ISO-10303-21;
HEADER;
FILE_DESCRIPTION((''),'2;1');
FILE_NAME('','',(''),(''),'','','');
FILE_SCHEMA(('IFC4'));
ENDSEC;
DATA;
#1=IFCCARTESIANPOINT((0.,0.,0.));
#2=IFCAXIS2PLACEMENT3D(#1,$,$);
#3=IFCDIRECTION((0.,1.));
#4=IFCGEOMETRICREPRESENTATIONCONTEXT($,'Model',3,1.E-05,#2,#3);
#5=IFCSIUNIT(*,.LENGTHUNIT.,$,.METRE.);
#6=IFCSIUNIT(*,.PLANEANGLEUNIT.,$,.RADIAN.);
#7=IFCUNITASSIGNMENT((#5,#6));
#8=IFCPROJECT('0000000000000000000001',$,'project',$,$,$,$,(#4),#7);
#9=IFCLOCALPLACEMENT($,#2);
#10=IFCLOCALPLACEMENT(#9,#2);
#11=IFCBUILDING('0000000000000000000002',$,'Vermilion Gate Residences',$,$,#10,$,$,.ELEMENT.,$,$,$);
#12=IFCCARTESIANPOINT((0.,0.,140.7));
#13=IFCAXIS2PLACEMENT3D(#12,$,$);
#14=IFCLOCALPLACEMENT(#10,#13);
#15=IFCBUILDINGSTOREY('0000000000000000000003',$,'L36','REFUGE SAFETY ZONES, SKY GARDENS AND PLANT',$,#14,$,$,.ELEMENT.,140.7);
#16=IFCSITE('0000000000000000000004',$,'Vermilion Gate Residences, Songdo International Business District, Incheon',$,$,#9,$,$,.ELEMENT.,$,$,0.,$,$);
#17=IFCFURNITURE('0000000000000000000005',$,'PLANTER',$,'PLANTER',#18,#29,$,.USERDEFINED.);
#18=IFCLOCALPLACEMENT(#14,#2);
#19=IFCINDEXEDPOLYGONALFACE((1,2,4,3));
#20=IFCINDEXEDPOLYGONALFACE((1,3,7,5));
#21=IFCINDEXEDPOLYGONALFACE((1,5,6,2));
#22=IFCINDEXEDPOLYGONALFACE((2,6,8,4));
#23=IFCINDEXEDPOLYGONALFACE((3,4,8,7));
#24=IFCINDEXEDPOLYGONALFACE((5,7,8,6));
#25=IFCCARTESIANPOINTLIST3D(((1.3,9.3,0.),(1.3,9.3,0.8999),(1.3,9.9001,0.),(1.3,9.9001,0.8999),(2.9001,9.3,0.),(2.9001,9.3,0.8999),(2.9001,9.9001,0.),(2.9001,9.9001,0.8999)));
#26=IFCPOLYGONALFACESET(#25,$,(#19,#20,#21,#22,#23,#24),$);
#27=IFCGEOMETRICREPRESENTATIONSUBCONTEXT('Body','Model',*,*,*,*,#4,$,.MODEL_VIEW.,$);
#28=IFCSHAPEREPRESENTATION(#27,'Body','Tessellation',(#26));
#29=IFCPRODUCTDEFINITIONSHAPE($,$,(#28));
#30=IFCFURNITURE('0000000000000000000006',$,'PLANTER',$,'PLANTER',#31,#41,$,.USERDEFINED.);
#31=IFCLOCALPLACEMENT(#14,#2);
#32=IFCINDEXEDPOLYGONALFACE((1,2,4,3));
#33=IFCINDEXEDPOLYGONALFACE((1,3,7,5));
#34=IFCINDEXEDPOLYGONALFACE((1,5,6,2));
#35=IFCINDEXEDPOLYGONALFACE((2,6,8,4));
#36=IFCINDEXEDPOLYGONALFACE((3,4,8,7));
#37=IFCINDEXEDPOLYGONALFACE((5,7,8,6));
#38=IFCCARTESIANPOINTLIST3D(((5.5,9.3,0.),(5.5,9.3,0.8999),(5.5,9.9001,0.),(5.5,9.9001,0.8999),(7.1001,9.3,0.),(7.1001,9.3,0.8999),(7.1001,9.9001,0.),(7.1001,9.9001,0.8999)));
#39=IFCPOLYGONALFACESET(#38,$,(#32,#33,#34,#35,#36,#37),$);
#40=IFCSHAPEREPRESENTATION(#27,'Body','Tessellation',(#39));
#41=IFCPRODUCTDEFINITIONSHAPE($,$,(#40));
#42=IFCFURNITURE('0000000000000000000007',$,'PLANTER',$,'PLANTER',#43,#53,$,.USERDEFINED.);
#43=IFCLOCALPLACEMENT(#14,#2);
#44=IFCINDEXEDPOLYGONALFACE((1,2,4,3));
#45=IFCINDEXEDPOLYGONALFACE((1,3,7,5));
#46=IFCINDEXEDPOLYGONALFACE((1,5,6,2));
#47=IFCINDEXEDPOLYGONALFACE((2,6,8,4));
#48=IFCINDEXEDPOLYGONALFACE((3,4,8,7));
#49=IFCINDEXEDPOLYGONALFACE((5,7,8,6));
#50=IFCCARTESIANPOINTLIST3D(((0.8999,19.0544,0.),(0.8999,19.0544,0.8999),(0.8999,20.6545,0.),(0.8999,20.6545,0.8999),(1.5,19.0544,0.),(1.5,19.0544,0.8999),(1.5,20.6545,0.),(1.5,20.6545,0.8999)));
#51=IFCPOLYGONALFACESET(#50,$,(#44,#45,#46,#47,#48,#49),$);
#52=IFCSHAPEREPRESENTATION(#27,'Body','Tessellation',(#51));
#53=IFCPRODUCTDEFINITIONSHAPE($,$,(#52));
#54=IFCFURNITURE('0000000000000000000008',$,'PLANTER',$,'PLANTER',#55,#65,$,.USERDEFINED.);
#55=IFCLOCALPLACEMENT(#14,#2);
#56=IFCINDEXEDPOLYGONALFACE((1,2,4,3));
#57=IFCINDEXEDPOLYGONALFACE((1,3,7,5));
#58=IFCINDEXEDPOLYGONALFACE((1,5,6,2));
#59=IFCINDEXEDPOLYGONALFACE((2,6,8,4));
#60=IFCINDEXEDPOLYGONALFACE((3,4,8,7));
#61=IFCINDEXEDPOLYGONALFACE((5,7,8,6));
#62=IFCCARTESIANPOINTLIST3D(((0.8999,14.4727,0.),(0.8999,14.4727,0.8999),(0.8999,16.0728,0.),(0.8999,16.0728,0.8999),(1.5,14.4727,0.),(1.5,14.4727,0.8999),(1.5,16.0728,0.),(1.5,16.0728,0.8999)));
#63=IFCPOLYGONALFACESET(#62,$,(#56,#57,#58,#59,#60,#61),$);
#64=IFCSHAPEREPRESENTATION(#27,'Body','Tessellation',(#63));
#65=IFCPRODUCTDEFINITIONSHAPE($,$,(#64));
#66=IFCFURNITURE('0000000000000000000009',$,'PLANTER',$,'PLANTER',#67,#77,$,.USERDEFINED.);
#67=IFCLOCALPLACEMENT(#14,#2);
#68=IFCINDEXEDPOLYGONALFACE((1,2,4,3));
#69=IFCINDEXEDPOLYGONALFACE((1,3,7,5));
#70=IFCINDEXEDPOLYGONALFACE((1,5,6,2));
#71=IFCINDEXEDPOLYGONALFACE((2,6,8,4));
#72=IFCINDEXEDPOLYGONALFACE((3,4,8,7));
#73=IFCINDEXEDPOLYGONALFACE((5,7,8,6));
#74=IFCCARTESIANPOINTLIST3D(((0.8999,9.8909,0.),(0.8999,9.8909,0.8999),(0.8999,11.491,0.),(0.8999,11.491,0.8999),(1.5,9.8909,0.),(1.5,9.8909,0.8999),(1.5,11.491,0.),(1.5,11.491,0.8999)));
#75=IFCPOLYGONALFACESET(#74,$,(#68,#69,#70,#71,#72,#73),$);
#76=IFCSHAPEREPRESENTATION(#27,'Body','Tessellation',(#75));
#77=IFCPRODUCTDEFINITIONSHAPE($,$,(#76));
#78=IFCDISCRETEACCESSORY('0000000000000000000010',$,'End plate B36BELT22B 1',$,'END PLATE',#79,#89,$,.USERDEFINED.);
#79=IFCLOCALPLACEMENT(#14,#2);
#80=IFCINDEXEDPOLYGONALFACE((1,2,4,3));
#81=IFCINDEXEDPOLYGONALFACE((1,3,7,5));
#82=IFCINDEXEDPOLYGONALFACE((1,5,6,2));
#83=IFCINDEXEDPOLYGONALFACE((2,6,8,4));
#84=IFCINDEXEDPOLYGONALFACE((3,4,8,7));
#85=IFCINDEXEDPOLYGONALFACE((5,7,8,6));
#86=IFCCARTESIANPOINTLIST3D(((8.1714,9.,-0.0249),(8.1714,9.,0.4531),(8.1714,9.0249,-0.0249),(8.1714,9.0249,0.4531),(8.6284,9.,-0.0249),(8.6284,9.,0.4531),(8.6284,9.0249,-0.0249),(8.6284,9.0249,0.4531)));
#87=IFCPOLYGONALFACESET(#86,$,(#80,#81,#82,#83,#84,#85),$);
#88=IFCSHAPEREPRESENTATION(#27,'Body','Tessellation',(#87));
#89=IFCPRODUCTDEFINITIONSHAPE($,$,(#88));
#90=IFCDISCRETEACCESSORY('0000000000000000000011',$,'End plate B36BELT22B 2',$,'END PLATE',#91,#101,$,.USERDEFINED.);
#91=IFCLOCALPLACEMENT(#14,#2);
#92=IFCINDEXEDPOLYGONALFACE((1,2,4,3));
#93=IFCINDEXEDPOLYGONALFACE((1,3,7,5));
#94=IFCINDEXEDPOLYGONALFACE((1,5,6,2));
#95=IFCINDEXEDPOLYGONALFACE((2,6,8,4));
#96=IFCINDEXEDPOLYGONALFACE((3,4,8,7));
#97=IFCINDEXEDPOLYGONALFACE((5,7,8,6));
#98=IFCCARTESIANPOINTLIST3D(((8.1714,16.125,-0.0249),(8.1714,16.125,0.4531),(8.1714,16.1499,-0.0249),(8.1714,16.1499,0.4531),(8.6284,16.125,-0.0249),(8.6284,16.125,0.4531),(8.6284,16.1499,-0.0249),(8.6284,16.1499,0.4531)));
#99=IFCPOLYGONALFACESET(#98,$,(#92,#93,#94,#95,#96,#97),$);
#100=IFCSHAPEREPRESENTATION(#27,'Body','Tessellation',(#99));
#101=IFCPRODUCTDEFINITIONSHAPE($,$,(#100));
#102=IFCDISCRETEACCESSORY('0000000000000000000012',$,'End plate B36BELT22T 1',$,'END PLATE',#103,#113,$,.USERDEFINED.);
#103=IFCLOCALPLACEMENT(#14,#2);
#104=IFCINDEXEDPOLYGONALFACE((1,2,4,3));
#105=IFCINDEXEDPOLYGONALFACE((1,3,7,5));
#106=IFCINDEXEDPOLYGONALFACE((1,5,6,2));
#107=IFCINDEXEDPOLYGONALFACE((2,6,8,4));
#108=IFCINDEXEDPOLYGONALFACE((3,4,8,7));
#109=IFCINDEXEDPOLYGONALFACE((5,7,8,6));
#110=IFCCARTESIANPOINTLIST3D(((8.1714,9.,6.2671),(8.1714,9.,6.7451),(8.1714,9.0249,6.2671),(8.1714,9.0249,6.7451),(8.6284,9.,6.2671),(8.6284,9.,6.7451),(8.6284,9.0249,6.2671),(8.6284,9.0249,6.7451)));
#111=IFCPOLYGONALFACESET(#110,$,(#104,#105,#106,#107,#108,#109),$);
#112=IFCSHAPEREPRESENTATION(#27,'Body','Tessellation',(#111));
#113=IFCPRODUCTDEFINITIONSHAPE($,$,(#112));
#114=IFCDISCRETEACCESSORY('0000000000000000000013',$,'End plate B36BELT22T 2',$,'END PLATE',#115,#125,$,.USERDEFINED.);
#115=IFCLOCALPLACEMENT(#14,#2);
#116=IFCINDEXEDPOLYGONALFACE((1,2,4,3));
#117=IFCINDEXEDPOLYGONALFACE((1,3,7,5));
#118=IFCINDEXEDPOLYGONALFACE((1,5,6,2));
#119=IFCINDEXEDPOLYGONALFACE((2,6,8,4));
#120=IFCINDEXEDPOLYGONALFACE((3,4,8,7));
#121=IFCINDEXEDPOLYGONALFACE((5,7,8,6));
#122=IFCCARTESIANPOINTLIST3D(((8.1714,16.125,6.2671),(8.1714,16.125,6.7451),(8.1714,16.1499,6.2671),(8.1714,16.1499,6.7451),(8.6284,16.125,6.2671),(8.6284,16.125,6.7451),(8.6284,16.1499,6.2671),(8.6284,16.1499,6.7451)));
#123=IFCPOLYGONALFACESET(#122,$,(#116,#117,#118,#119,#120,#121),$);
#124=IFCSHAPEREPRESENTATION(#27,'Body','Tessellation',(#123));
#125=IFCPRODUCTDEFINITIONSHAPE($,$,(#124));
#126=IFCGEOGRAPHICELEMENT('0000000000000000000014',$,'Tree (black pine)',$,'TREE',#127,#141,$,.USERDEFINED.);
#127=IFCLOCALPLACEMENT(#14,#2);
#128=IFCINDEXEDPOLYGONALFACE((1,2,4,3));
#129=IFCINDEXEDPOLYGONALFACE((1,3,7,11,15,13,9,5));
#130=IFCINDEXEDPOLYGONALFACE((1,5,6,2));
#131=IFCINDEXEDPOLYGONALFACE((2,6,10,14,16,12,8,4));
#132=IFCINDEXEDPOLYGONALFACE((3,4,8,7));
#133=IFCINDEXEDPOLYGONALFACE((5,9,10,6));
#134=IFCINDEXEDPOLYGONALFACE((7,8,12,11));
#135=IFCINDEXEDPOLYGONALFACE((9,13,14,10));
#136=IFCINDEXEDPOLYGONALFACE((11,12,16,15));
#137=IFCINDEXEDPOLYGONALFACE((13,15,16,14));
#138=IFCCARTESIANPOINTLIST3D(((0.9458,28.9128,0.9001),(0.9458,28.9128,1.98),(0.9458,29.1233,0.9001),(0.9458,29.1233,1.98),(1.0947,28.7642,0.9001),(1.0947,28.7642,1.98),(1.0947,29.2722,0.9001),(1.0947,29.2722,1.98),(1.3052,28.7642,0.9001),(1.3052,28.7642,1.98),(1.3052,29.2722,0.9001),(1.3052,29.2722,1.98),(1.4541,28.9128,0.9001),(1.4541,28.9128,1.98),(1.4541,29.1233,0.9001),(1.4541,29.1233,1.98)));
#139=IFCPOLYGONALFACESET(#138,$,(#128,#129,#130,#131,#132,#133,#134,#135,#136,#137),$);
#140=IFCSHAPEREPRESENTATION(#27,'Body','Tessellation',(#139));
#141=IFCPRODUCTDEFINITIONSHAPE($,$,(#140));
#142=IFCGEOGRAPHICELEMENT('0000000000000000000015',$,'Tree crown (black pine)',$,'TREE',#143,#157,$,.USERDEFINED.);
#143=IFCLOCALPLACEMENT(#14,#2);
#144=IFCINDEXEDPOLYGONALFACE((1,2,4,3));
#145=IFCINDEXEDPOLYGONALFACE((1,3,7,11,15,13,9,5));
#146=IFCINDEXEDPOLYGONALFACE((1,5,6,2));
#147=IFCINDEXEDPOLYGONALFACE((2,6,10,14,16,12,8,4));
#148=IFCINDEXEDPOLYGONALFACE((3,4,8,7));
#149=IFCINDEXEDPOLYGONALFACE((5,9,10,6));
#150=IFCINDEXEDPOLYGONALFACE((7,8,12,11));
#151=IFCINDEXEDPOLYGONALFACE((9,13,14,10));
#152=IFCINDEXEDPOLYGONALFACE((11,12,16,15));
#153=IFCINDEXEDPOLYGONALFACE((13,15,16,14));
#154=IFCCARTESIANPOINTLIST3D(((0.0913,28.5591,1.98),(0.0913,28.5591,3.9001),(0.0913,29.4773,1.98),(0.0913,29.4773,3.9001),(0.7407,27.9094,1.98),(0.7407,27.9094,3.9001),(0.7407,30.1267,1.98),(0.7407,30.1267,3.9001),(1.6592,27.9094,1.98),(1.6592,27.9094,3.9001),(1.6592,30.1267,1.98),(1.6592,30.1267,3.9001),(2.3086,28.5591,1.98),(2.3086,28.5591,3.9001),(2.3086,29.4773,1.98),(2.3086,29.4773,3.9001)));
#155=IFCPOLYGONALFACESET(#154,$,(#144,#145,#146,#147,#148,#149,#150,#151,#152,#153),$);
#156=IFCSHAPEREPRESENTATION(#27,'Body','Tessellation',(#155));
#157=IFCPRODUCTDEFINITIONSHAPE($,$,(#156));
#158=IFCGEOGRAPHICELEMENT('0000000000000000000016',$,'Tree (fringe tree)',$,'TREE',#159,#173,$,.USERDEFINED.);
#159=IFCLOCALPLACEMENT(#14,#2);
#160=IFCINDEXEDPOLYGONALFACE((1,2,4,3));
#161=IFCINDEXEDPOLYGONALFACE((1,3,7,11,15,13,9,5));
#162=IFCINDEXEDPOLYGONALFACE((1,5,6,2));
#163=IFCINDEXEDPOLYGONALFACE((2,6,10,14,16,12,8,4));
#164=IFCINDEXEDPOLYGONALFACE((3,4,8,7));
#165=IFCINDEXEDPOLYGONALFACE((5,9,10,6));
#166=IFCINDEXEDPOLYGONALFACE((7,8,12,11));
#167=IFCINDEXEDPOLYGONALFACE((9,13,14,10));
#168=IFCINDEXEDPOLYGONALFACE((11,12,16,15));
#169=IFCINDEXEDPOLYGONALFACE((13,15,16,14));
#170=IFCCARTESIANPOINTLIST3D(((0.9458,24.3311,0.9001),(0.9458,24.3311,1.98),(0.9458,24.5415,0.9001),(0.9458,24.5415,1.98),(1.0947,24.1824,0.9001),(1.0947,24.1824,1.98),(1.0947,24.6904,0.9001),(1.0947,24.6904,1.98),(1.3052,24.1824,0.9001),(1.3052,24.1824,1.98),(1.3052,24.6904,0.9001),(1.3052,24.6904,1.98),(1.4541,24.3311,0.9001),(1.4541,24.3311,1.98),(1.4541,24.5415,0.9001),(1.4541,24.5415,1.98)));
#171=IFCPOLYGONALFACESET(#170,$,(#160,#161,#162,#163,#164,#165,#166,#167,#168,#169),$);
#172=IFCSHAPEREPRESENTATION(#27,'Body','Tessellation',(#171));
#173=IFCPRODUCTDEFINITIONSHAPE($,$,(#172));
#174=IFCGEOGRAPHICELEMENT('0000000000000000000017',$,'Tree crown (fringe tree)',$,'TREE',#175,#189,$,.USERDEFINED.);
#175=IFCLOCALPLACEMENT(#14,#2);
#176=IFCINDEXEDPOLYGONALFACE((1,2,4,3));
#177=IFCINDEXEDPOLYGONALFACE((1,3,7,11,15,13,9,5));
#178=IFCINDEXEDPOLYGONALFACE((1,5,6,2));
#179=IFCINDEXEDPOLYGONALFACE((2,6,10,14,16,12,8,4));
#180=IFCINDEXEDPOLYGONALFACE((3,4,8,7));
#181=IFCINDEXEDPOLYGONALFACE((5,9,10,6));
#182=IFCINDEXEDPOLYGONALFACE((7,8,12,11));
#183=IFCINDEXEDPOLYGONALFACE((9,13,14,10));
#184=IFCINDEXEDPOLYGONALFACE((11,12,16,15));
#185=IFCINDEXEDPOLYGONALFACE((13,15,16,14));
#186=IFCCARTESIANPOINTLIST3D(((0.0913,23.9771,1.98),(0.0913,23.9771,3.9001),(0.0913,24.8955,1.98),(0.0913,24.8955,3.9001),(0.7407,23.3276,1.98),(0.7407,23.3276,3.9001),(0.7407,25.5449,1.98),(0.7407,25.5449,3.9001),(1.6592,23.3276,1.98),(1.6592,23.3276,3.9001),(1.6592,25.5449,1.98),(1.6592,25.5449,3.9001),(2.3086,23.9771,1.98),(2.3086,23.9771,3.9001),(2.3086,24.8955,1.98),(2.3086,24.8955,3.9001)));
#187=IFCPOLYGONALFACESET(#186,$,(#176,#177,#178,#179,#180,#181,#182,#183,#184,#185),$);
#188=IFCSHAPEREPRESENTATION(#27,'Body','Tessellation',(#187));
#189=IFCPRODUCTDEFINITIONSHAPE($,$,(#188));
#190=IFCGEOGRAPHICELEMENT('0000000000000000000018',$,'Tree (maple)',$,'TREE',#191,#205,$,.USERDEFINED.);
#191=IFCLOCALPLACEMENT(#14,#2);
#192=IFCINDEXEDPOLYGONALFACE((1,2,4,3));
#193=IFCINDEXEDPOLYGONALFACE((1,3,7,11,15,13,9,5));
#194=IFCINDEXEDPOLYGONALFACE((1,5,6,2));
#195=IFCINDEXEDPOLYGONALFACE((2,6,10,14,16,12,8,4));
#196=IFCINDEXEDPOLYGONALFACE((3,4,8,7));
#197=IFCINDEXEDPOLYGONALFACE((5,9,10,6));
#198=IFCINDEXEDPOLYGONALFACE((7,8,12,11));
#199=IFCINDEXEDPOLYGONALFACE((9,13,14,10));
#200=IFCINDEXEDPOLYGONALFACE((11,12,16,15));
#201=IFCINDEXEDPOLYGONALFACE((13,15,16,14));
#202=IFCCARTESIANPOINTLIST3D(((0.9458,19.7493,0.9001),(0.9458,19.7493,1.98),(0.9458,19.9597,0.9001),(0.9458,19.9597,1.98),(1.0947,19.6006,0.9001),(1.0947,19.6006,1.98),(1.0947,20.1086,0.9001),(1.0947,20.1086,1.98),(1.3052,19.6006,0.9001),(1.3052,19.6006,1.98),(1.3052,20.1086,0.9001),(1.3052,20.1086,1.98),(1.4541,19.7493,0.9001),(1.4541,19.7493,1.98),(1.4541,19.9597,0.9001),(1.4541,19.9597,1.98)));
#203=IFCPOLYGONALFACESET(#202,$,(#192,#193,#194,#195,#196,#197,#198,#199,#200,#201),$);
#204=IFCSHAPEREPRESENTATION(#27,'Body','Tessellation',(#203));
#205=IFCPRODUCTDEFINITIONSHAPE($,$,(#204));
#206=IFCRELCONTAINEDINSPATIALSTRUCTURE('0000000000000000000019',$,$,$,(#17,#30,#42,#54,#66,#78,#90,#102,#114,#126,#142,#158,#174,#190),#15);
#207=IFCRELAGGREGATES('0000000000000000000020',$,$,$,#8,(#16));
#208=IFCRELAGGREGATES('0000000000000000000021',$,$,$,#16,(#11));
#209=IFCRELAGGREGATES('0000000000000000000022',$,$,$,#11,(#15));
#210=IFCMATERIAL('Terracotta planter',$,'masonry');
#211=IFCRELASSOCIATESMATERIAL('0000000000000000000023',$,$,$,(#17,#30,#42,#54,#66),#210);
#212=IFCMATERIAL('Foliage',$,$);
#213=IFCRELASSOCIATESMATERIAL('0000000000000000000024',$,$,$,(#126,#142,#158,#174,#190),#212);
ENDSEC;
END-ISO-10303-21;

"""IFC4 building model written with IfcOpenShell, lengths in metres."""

from ifc_helpers import new_model, si_unit, direction, frame, origin, origin_2d, place, context, subcontext, project, spatial, polyline, rectangle, outline, extrude, material, element, save


model = new_model("IFC4")

# Units and contexts
model_context = context("Model", 3, precision=1e-05, world=origin(), true_north=direction((0.0, 1.0)))
body_context = subcontext(model_context, "Body", "Model", "MODEL_VIEW")
ifc_project = project(units=[si_unit("LENGTHUNIT", "METRE"), si_unit("PLANEANGLEUNIT", "RADIAN")], contexts=[model_context])

# Site, building, storey
site_placement = place(None, origin())
site = spatial("IfcSite", under=ifc_project, at=site_placement, Name="Vermilion Gate Residences, Songdo International Business District, Incheon", CompositionType="ELEMENT", RefElevation=0.0)
building_placement = place(site_placement, origin())
building = spatial("IfcBuilding", under=site, at=building_placement, Name="Vermilion Gate Residences", CompositionType="ELEMENT")
storey_placement = place(building_placement, frame((0.0, 0.0, 140.7)))
storey = spatial("IfcBuildingStorey", under=building, at=storey_placement, Name="L36", Description="REFUGE SAFETY ZONES, SKY GARDENS AND PLANT", CompositionType="ELEMENT", Elevation=140.7)

# Furniture
ifc_material_1 = material(Name="Terracotta planter", Category="masonry")
for number, where, z_axis, x_axis, name in (
    (1, (2.1001, 9.6001, 0.0), (0.0, 0.0, 1.0), (1.0, 0.0, 0.0), "PLANTER"),
    (2, (6.3, 9.6001, 0.0), (0.0, 0.0, 1.0), (1.0, 0.0, 0.0), "PLANTER"),
    (3, (1.2, 19.8545, 0.0), (0.0, 0.0, 1.0), (0.0, -1.0, 0.0), "PLANTER"),
    (4, (1.2, 15.2727, 0.0), (0.0, 0.0, 1.0), (0.0, -1.0, 0.0), "PLANTER"),
    (5, (1.2, 10.6909, 0.0), (0.0, 0.0, 1.0), (0.0, -1.0, 0.0), "PLANTER"),
):
    element("IfcFurniture", number, at=place(storey_placement, frame(where, z_axis=z_axis, x_axis=x_axis)), inside=storey, material=ifc_material_1, Name=name, ObjectType="PLANTER", PredefinedType="USERDEFINED", context=body_context, shape_type="SweptSolid", body=[
        extrude(rectangle(XDim=1.6001, YDim=0.6001, at=origin_2d()), origin(), (0.0, 0.0, 1.0), 0.8999),
    ])

# Discrete accessories
for number, where, z_axis, x_axis, name in (
    (6, (8.3999, 9.0125, -0.0249), (0.0, 0.0, 1.0), (1.0, 0.0, 0.0), "End plate B36BELT22B 1"),
    (7, (8.3999, 16.1375, -0.0249), (0.0, 0.0, 1.0), (1.0, 0.0, 0.0), "End plate B36BELT22B 2"),
    (8, (8.3999, 9.0125, 6.2671), (0.0, 0.0, 1.0), (1.0, 0.0, 0.0), "End plate B36BELT22T 1"),
    (9, (8.3999, 16.1375, 6.2671), (0.0, 0.0, 1.0), (1.0, 0.0, 0.0), "End plate B36BELT22T 2"),
):
    element("IfcDiscreteAccessory", number, at=place(storey_placement, frame(where, z_axis=z_axis, x_axis=x_axis)), inside=storey, Name=name, ObjectType="END PLATE", PredefinedType="USERDEFINED", context=body_context, shape_type="SweptSolid", body=[
        extrude(rectangle(XDim=0.457, YDim=0.0249, at=origin_2d()), origin(), (0.0, 0.0, 1.0), 0.478),
    ])

# Geographic elements
ifc_material_2 = material(Name="Foliage")
geographic_element_1_placement = place(storey_placement, frame((0.0, 0.0, 0.9001)))
element("IfcGeographicElement", 10, at=geographic_element_1_placement, inside=storey, material=ifc_material_2, Name="Tree (black pine)", ObjectType="TREE", PredefinedType="USERDEFINED", context=body_context, shape_type="SweptSolid", body=[
    extrude(outline(polyline([(1.4541, 29.1233), (1.3052, 29.2722), (1.0947, 29.2722), (0.9458, 29.1233), (0.9458, 28.9128), (1.0947, 28.7642), (1.3052, 28.7642), (1.4541, 28.9128), (1.4541, 29.1233)])), origin(), (0.0, 0.0, 1.0), 1.0798),
])
geographic_element_2_placement = place(storey_placement, frame((0.0, 0.0, 1.98)))
element("IfcGeographicElement", 11, at=geographic_element_2_placement, inside=storey, material=ifc_material_2, Name="Tree crown (black pine)", ObjectType="TREE", PredefinedType="USERDEFINED", context=body_context, shape_type="SweptSolid", body=[
    extrude(outline(polyline([(2.3086, 29.4773), (1.6592, 30.1267), (0.7407, 30.1267), (0.0913, 29.4773), (0.0913, 28.5591), (0.7407, 27.9094), (1.6592, 27.9094), (2.3086, 28.5591), (2.3086, 29.4773)])), origin(), (0.0, 0.0, 1.0), 1.9202),
])
geographic_element_3_placement = place(storey_placement, frame((0.0, 0.0, 0.9001)))
element("IfcGeographicElement", 12, at=geographic_element_3_placement, inside=storey, material=ifc_material_2, Name="Tree (fringe tree)", ObjectType="TREE", PredefinedType="USERDEFINED", context=body_context, shape_type="SweptSolid", body=[
    extrude(outline(polyline([(1.4541, 24.5415), (1.3052, 24.6904), (1.0947, 24.6904), (0.9458, 24.5415), (0.9458, 24.3311), (1.0947, 24.1824), (1.3052, 24.1824), (1.4541, 24.3311), (1.4541, 24.5415)])), origin(), (0.0, 0.0, 1.0), 1.0798),
])
geographic_element_4_placement = place(storey_placement, frame((0.0, 0.0, 1.98)))
element("IfcGeographicElement", 13, at=geographic_element_4_placement, inside=storey, material=ifc_material_2, Name="Tree crown (fringe tree)", ObjectType="TREE", PredefinedType="USERDEFINED", context=body_context, shape_type="SweptSolid", body=[
    extrude(outline(polyline([(2.3086, 24.8955), (1.6592, 25.5449), (0.7407, 25.5449), (0.0913, 24.8955), (0.0913, 23.9771), (0.7407, 23.3276), (1.6592, 23.3276), (2.3086, 23.9771), (2.3086, 24.8955)])), origin(), (0.0, 0.0, 1.0), 1.9202),
])
geographic_element_5_placement = place(storey_placement, frame((0.0, 0.0, 0.9001)))
element("IfcGeographicElement", 14, at=geographic_element_5_placement, inside=storey, material=ifc_material_2, Name="Tree (maple)", ObjectType="TREE", PredefinedType="USERDEFINED", context=body_context, shape_type="SweptSolid", body=[
    extrude(outline(polyline([(1.4541, 19.9597), (1.3052, 20.1086), (1.0947, 20.1086), (0.9458, 19.9597), (0.9458, 19.7493), (1.0947, 19.6006), (1.3052, 19.6006), (1.4541, 19.7493), (1.4541, 19.9597)])), origin(), (0.0, 0.0, 1.0), 1.0798),
])

save(model, "model.ifc")
